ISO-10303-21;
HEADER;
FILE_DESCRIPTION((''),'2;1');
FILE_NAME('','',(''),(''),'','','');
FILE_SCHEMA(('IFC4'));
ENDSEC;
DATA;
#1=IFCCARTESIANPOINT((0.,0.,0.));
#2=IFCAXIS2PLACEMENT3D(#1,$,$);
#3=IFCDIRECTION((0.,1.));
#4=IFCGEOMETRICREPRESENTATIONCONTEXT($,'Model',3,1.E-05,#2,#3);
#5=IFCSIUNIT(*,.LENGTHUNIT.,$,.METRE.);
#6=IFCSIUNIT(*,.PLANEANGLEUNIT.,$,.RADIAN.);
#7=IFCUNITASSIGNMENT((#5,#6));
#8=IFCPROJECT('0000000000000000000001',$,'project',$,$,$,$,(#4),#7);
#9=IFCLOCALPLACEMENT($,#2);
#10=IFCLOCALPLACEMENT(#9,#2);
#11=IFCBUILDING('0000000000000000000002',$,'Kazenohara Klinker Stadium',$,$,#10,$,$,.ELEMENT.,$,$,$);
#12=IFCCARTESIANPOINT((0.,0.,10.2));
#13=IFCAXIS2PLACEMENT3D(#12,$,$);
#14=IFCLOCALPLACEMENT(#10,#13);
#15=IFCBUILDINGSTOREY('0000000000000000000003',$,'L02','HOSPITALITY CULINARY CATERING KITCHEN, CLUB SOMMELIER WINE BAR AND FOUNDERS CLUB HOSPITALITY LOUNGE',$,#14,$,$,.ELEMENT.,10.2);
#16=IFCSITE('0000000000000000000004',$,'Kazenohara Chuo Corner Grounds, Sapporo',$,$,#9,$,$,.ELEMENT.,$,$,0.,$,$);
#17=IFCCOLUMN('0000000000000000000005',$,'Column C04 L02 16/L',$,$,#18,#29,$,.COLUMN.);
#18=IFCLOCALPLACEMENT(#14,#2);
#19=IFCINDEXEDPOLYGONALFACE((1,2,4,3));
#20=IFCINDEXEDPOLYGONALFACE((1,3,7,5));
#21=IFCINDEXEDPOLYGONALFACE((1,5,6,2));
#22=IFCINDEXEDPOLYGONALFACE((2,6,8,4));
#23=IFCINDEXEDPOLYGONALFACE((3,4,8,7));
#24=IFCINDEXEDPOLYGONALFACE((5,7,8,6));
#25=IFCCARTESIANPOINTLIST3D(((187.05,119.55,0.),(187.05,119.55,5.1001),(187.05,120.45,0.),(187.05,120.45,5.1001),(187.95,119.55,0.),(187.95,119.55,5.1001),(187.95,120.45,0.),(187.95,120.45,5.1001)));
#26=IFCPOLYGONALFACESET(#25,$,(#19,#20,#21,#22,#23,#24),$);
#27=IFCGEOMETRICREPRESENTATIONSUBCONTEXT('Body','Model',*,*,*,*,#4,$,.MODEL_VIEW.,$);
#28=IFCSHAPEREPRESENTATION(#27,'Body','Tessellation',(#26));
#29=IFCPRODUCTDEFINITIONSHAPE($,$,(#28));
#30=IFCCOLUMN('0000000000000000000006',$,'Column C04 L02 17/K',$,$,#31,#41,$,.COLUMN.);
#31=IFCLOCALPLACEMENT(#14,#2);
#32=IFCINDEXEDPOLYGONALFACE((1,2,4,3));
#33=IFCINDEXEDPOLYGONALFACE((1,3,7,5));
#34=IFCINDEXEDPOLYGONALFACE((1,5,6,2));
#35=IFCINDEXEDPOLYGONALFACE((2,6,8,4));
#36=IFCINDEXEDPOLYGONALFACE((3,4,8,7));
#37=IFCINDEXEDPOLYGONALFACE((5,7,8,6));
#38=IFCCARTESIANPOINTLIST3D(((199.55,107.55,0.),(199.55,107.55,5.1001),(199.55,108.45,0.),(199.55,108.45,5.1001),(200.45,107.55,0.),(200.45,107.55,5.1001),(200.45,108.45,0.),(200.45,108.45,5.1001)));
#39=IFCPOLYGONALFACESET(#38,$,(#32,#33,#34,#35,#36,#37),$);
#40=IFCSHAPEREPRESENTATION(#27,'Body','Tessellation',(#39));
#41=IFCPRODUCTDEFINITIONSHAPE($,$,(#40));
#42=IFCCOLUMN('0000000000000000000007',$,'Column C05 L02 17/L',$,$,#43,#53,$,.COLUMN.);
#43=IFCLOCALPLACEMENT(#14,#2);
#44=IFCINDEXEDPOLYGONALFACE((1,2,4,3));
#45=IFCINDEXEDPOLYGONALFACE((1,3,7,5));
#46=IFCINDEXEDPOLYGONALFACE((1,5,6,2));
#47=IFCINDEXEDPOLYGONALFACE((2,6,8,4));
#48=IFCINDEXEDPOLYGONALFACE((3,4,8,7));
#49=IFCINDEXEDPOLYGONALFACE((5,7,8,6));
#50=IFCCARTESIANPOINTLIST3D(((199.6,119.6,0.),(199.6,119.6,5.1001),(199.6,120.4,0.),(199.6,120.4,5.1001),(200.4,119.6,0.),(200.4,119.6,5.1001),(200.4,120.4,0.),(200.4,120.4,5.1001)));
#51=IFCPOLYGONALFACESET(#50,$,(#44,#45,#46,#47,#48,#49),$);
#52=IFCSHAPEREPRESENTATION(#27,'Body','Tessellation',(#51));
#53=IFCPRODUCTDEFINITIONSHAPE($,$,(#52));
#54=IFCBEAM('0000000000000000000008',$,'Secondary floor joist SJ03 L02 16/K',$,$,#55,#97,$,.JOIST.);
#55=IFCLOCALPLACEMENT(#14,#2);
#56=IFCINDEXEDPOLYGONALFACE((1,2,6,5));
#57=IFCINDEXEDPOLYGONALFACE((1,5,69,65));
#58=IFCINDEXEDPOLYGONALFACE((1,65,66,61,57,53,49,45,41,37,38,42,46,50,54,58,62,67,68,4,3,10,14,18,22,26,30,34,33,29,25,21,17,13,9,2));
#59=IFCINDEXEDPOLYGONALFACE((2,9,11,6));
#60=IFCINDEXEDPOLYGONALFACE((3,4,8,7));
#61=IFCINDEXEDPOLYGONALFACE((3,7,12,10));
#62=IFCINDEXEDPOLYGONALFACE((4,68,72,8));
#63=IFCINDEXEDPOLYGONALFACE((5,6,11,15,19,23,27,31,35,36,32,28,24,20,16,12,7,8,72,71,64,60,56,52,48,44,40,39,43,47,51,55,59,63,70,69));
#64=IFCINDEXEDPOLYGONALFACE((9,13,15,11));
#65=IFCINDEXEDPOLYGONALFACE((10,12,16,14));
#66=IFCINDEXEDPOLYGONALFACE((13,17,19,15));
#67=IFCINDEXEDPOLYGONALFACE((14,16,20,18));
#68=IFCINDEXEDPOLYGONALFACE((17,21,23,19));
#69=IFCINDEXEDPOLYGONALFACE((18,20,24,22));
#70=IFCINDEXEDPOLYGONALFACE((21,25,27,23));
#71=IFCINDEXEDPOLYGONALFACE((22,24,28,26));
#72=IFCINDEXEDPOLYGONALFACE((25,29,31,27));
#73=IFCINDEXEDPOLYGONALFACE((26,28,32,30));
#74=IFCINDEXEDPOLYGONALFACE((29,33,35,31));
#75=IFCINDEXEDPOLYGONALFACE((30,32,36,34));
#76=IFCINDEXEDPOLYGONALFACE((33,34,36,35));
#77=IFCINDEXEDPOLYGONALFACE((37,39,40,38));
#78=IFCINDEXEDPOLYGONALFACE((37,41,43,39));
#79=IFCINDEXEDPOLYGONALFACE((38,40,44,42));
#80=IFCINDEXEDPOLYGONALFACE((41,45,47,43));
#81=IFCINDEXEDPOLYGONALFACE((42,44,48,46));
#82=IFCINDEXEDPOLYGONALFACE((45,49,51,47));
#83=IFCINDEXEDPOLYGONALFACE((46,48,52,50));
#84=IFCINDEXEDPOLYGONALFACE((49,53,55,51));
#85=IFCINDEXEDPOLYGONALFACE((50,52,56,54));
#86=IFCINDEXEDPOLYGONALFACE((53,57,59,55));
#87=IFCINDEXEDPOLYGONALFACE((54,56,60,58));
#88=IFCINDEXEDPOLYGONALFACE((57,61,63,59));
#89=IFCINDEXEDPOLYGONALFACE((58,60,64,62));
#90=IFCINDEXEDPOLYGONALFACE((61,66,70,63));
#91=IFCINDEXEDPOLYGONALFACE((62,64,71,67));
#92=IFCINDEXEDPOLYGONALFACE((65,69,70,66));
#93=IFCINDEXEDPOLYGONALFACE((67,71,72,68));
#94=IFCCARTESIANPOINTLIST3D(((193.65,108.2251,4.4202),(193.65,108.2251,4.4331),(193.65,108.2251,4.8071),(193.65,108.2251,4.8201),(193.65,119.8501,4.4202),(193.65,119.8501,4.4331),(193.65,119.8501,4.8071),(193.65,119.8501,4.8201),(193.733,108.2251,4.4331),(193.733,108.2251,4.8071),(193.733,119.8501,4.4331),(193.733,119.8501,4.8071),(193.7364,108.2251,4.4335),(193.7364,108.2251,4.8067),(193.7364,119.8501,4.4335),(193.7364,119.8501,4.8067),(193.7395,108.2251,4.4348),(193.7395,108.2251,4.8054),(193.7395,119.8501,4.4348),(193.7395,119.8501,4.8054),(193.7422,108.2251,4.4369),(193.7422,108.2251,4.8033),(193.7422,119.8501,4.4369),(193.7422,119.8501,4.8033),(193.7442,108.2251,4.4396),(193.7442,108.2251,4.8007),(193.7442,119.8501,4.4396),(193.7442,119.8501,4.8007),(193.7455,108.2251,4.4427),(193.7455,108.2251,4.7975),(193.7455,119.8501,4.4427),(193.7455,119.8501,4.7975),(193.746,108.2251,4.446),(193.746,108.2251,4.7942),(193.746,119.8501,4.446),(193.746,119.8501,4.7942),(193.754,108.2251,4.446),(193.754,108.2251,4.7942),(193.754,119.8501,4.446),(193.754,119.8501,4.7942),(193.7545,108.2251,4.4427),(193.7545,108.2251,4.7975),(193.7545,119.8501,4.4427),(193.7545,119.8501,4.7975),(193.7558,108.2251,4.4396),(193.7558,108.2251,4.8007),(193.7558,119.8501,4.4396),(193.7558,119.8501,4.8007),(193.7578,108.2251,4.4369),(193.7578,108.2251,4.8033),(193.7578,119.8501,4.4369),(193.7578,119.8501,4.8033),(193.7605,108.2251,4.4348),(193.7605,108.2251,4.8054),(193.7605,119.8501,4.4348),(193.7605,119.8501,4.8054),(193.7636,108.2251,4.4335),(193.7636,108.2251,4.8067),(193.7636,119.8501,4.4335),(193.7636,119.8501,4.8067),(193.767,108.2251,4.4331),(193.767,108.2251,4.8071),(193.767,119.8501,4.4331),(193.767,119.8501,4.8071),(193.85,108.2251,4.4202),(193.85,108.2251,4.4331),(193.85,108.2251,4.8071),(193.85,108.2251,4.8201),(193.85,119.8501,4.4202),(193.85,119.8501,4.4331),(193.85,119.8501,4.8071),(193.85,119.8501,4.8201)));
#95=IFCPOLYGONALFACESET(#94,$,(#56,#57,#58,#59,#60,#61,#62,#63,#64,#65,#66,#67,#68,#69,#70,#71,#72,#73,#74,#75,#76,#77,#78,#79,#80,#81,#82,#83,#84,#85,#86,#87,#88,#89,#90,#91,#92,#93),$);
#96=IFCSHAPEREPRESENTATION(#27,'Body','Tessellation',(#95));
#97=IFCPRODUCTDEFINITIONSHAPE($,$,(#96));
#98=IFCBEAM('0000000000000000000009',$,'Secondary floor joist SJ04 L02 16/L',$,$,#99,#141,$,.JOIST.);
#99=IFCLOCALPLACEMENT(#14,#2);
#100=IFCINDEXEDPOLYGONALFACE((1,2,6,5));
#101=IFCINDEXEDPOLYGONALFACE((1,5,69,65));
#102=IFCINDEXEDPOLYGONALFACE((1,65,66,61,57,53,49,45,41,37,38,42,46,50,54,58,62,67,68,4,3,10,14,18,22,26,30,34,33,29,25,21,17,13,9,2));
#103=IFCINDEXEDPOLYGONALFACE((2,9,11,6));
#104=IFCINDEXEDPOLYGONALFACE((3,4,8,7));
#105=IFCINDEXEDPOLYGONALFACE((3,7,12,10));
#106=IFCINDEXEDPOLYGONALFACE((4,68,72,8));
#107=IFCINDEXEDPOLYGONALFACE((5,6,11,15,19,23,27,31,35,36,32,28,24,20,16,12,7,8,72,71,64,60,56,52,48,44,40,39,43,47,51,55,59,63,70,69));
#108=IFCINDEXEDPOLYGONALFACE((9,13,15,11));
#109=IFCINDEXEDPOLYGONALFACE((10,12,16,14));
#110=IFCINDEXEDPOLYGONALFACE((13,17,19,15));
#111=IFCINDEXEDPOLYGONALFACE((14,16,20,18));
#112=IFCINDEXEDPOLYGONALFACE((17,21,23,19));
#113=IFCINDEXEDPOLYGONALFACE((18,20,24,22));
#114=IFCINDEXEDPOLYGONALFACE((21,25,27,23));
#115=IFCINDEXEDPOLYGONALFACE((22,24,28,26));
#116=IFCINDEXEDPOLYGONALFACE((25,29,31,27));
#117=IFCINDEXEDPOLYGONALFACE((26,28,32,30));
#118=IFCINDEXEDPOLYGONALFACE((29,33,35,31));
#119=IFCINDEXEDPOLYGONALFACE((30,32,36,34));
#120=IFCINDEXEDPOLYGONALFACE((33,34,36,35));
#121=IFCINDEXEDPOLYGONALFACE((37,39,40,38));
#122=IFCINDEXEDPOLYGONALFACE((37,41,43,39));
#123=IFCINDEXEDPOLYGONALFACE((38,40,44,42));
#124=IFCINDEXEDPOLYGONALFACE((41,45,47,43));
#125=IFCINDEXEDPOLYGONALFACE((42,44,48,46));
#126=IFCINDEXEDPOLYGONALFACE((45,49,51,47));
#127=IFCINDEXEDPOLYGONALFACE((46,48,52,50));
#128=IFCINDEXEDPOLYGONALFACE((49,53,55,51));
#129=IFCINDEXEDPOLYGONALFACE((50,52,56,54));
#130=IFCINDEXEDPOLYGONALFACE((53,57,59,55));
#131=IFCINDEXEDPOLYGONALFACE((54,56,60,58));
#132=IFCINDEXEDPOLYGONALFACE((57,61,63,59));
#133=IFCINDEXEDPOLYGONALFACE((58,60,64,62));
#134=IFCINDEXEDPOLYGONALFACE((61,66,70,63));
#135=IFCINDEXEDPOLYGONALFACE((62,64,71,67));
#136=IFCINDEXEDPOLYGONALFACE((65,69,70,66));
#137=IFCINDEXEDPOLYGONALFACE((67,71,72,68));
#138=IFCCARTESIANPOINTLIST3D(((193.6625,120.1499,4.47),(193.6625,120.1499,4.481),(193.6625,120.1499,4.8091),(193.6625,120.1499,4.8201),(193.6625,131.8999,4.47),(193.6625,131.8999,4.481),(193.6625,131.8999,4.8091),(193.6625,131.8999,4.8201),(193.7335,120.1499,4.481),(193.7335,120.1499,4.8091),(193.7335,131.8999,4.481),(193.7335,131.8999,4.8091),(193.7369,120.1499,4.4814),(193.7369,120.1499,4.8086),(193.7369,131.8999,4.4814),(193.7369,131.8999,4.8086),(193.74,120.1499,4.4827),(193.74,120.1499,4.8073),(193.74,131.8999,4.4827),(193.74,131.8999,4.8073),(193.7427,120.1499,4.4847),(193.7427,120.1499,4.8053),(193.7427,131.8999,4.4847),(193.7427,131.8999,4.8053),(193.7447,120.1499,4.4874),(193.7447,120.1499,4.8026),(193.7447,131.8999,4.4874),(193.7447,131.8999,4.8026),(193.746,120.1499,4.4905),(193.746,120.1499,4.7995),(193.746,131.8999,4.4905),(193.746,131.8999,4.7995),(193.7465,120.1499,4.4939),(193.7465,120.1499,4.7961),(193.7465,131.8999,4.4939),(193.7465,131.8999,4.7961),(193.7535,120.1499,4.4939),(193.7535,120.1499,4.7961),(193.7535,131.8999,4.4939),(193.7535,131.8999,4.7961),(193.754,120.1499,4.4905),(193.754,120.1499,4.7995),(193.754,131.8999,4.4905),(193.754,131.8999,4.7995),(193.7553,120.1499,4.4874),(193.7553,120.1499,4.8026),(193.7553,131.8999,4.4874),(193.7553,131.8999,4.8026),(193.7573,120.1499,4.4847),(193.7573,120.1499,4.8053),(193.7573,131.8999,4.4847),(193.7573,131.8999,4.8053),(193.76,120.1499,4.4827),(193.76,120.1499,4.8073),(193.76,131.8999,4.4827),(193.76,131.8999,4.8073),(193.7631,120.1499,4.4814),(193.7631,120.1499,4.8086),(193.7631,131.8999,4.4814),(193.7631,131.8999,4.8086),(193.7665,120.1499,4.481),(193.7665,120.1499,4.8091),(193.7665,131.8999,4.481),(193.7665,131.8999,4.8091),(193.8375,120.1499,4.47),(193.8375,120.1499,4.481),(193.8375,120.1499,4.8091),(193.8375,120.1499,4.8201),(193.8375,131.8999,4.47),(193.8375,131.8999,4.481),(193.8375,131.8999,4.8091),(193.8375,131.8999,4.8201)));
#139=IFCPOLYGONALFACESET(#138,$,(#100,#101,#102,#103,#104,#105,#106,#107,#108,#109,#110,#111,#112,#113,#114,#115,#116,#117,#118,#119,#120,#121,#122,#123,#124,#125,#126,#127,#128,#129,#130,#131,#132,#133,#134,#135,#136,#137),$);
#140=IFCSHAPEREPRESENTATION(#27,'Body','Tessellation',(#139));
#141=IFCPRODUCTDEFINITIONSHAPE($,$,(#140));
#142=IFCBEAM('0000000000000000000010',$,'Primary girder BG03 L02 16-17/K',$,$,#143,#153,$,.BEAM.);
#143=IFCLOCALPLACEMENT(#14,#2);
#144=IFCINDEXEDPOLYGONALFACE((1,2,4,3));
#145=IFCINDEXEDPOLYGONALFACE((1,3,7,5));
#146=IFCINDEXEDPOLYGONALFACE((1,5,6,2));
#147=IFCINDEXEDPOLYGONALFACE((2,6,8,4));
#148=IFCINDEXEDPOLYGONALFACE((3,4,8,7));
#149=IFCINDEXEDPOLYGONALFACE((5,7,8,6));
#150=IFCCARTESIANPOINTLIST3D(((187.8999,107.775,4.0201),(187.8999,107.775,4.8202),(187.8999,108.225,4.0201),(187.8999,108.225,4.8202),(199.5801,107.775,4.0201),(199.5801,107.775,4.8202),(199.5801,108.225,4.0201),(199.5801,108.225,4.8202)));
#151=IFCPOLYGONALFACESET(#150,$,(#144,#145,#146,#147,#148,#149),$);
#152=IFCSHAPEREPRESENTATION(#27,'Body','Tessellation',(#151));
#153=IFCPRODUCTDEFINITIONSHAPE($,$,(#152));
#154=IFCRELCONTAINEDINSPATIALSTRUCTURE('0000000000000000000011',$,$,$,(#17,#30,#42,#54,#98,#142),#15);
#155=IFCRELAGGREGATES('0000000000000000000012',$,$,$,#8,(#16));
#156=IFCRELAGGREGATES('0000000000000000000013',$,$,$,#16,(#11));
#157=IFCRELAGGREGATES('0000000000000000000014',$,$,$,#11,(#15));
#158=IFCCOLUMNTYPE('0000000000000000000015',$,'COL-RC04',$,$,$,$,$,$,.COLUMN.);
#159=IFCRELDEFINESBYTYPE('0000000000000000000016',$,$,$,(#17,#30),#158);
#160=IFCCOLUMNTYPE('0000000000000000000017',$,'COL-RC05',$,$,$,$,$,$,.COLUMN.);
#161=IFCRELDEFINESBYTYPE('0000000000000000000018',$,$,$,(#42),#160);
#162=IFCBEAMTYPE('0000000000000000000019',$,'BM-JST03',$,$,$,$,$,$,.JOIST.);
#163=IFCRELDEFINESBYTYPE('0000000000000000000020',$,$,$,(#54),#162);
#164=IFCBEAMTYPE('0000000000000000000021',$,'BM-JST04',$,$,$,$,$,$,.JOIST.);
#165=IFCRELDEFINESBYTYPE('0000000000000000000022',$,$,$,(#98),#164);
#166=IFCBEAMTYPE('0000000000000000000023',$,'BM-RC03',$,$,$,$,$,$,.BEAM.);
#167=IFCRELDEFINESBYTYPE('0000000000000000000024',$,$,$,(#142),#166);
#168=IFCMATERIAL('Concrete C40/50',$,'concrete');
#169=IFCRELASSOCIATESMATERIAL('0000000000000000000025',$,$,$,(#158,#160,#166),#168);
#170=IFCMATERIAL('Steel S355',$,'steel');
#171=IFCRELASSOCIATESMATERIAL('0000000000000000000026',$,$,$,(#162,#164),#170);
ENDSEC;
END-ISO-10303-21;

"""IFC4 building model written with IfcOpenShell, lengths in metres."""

from ifc_helpers import new_model, si_unit, direction, frame, origin, origin_2d, place, context, subcontext, project, spatial, rectangle, i_section, extrude, material, material_profile, profile_set, type_object, element, save


model = new_model("IFC4")

# Units and contexts
model_context = context("Model", 3, precision=1e-05, world=origin(), true_north=direction((0.0, 1.0)))
body_context = subcontext(model_context, "Body", "Model", "MODEL_VIEW")
ifc_project = project(units=[si_unit("LENGTHUNIT", "METRE"), si_unit("PLANEANGLEUNIT", "RADIAN")], contexts=[model_context])

# Site, building, storey
site_placement = place(None, origin())
site = spatial("IfcSite", under=ifc_project, at=site_placement, Name="Kazenohara Chuo Corner Grounds, Sapporo", CompositionType="ELEMENT", RefElevation=0.0)
building_placement = place(site_placement, origin())
building = spatial("IfcBuilding", under=site, at=building_placement, Name="Kazenohara Klinker Stadium", CompositionType="ELEMENT")
storey_placement = place(building_placement, frame((0.0, 0.0, 10.2)))
storey = spatial("IfcBuildingStorey", under=building, at=storey_placement, Name="L02", Description="HOSPITALITY CULINARY CATERING KITCHEN, CLUB SOMMELIER WINE BAR AND FOUNDERS CLUB HOSPITALITY LOUNGE", CompositionType="ELEMENT", Elevation=10.2)

# Columns
ifc_material_1 = material(Name="Concrete C40/50", Category="concrete")
ifc_material_profile_1 = material_profile(ifc_material_1, rectangle(XDim=0.8999, YDim=0.8999, at=origin_2d()), Name="RC-COL-900x900")
ifc_profile_set_1 = profile_set([ifc_material_profile_1], Name="Concrete C40/50")
column_type_1 = type_object("IfcColumnType", Name="COL-RC04", PredefinedType="COLUMN", material=ifc_profile_set_1)
for number, where, z_axis, x_axis, name in (
    (1, (187.5, 120.0, 0.0), (0.0, 0.0, 1.0), (1.0, 0.0, 0.0), "Column C04 L02 16/L"),
    (2, (200.0, 108.0, 0.0), (0.0, 0.0, 1.0), (1.0, 0.0, 0.0), "Column C04 L02 17/K"),
):
    element("IfcColumn", number, at=place(storey_placement, frame(where, z_axis=z_axis, x_axis=x_axis)), inside=storey, type_object=column_type_1, Name=name, PredefinedType="COLUMN", context=body_context, shape_type="SweptSolid", body=[
        extrude(rectangle(XDim=0.8999, YDim=0.8999, at=origin_2d()), origin(), (0.0, 0.0, 1.0), 5.1001),
    ])
ifc_material_profile_2 = material_profile(ifc_material_1, rectangle(XDim=0.8, YDim=0.8, at=origin_2d()), Name="RC-COL-800x800")
ifc_profile_set_2 = profile_set([ifc_material_profile_2], Name="Concrete C40/50")
column_type_2 = type_object("IfcColumnType", Name="COL-RC05", PredefinedType="COLUMN", material=ifc_profile_set_2)
column_placement = place(storey_placement, frame((200.0, 120.0, 0.0), z_axis=(0.0, 0.0, 1.0), x_axis=(1.0, 0.0, 0.0)))
element("IfcColumn", 3, at=column_placement, inside=storey, type_object=column_type_2, Name="Column C05 L02 17/L", PredefinedType="COLUMN", context=body_context, shape_type="SweptSolid", body=[
    extrude(rectangle(XDim=0.8, YDim=0.8, at=origin_2d()), origin(), (0.0, 0.0, 1.0), 5.1001),
])

# Beams
ifc_material_2 = material(Name="Steel S355", Category="steel")
ifc_material_profile_3 = material_profile(ifc_material_2, i_section(OverallWidth=0.2, OverallDepth=0.3999, WebThickness=0.0081, FlangeThickness=0.0129, FilletRadius=0.0129, at=origin_2d()), Name="H-400x200x8x13")
ifc_profile_set_3 = profile_set([ifc_material_profile_3], Name="Steel S355")
beam_type_1 = type_object("IfcBeamType", Name="BM-JST03", PredefinedType="JOIST", material=ifc_profile_set_3)
beam_1_placement = place(storey_placement, frame((193.75, 108.2251, 4.6201), z_axis=(0.0, 1.0, 0.0), x_axis=(-1.0, 0.0, 0.0)))
element("IfcBeam", 4, at=beam_1_placement, inside=storey, type_object=beam_type_1, Name="Secondary floor joist SJ03 L02 16/K", PredefinedType="JOIST", context=body_context, shape_type="SweptSolid", body=[
    extrude(i_section(OverallWidth=0.2, OverallDepth=0.3999, WebThickness=0.0081, FlangeThickness=0.0129, FilletRadius=0.0129, at=origin_2d()), origin(), (0.0, 0.0, 1.0), 11.625),
])
ifc_material_profile_4 = material_profile(ifc_material_2, i_section(OverallWidth=0.175, OverallDepth=0.3501, WebThickness=0.0071, FlangeThickness=0.011, FilletRadius=0.0129, at=origin_2d()), Name="H-350x175x7x11")
ifc_profile_set_4 = profile_set([ifc_material_profile_4], Name="Steel S355")
beam_type_2 = type_object("IfcBeamType", Name="BM-JST04", PredefinedType="JOIST", material=ifc_profile_set_4)
beam_2_placement = place(storey_placement, frame((193.75, 120.1499, 4.645), z_axis=(0.0, 1.0, 0.0), x_axis=(-1.0, 0.0, 0.0)))
element("IfcBeam", 5, at=beam_2_placement, inside=storey, type_object=beam_type_2, Name="Secondary floor joist SJ04 L02 16/L", PredefinedType="JOIST", context=body_context, shape_type="SweptSolid", body=[
    extrude(i_section(OverallWidth=0.175, OverallDepth=0.3501, WebThickness=0.0071, FlangeThickness=0.011, FilletRadius=0.0129, at=origin_2d()), origin(), (0.0, 0.0, 1.0), 11.75),
])
ifc_material_profile_5 = material_profile(ifc_material_1, rectangle(XDim=0.45, YDim=0.8, at=origin_2d()), Name="RC-BM-450x800")
ifc_profile_set_5 = profile_set([ifc_material_profile_5], Name="Concrete C40/50")
beam_type_3 = type_object("IfcBeamType", Name="BM-RC03", PredefinedType="BEAM", material=ifc_profile_set_5)
beam_3_placement = place(storey_placement, frame((187.8999, 108.0, 4.4202), z_axis=(1.0, 0.0, 0.0), x_axis=(0.0, 1.0, 0.0)))
element("IfcBeam", 6, at=beam_3_placement, inside=storey, type_object=beam_type_3, Name="Primary girder BG03 L02 16-17/K", PredefinedType="BEAM", context=body_context, shape_type="SweptSolid", body=[
    extrude(rectangle(XDim=0.45, YDim=0.8, at=origin_2d()), origin(), (0.0, 0.0, 1.0), 11.6802),
])

save(model, "model.ifc")
